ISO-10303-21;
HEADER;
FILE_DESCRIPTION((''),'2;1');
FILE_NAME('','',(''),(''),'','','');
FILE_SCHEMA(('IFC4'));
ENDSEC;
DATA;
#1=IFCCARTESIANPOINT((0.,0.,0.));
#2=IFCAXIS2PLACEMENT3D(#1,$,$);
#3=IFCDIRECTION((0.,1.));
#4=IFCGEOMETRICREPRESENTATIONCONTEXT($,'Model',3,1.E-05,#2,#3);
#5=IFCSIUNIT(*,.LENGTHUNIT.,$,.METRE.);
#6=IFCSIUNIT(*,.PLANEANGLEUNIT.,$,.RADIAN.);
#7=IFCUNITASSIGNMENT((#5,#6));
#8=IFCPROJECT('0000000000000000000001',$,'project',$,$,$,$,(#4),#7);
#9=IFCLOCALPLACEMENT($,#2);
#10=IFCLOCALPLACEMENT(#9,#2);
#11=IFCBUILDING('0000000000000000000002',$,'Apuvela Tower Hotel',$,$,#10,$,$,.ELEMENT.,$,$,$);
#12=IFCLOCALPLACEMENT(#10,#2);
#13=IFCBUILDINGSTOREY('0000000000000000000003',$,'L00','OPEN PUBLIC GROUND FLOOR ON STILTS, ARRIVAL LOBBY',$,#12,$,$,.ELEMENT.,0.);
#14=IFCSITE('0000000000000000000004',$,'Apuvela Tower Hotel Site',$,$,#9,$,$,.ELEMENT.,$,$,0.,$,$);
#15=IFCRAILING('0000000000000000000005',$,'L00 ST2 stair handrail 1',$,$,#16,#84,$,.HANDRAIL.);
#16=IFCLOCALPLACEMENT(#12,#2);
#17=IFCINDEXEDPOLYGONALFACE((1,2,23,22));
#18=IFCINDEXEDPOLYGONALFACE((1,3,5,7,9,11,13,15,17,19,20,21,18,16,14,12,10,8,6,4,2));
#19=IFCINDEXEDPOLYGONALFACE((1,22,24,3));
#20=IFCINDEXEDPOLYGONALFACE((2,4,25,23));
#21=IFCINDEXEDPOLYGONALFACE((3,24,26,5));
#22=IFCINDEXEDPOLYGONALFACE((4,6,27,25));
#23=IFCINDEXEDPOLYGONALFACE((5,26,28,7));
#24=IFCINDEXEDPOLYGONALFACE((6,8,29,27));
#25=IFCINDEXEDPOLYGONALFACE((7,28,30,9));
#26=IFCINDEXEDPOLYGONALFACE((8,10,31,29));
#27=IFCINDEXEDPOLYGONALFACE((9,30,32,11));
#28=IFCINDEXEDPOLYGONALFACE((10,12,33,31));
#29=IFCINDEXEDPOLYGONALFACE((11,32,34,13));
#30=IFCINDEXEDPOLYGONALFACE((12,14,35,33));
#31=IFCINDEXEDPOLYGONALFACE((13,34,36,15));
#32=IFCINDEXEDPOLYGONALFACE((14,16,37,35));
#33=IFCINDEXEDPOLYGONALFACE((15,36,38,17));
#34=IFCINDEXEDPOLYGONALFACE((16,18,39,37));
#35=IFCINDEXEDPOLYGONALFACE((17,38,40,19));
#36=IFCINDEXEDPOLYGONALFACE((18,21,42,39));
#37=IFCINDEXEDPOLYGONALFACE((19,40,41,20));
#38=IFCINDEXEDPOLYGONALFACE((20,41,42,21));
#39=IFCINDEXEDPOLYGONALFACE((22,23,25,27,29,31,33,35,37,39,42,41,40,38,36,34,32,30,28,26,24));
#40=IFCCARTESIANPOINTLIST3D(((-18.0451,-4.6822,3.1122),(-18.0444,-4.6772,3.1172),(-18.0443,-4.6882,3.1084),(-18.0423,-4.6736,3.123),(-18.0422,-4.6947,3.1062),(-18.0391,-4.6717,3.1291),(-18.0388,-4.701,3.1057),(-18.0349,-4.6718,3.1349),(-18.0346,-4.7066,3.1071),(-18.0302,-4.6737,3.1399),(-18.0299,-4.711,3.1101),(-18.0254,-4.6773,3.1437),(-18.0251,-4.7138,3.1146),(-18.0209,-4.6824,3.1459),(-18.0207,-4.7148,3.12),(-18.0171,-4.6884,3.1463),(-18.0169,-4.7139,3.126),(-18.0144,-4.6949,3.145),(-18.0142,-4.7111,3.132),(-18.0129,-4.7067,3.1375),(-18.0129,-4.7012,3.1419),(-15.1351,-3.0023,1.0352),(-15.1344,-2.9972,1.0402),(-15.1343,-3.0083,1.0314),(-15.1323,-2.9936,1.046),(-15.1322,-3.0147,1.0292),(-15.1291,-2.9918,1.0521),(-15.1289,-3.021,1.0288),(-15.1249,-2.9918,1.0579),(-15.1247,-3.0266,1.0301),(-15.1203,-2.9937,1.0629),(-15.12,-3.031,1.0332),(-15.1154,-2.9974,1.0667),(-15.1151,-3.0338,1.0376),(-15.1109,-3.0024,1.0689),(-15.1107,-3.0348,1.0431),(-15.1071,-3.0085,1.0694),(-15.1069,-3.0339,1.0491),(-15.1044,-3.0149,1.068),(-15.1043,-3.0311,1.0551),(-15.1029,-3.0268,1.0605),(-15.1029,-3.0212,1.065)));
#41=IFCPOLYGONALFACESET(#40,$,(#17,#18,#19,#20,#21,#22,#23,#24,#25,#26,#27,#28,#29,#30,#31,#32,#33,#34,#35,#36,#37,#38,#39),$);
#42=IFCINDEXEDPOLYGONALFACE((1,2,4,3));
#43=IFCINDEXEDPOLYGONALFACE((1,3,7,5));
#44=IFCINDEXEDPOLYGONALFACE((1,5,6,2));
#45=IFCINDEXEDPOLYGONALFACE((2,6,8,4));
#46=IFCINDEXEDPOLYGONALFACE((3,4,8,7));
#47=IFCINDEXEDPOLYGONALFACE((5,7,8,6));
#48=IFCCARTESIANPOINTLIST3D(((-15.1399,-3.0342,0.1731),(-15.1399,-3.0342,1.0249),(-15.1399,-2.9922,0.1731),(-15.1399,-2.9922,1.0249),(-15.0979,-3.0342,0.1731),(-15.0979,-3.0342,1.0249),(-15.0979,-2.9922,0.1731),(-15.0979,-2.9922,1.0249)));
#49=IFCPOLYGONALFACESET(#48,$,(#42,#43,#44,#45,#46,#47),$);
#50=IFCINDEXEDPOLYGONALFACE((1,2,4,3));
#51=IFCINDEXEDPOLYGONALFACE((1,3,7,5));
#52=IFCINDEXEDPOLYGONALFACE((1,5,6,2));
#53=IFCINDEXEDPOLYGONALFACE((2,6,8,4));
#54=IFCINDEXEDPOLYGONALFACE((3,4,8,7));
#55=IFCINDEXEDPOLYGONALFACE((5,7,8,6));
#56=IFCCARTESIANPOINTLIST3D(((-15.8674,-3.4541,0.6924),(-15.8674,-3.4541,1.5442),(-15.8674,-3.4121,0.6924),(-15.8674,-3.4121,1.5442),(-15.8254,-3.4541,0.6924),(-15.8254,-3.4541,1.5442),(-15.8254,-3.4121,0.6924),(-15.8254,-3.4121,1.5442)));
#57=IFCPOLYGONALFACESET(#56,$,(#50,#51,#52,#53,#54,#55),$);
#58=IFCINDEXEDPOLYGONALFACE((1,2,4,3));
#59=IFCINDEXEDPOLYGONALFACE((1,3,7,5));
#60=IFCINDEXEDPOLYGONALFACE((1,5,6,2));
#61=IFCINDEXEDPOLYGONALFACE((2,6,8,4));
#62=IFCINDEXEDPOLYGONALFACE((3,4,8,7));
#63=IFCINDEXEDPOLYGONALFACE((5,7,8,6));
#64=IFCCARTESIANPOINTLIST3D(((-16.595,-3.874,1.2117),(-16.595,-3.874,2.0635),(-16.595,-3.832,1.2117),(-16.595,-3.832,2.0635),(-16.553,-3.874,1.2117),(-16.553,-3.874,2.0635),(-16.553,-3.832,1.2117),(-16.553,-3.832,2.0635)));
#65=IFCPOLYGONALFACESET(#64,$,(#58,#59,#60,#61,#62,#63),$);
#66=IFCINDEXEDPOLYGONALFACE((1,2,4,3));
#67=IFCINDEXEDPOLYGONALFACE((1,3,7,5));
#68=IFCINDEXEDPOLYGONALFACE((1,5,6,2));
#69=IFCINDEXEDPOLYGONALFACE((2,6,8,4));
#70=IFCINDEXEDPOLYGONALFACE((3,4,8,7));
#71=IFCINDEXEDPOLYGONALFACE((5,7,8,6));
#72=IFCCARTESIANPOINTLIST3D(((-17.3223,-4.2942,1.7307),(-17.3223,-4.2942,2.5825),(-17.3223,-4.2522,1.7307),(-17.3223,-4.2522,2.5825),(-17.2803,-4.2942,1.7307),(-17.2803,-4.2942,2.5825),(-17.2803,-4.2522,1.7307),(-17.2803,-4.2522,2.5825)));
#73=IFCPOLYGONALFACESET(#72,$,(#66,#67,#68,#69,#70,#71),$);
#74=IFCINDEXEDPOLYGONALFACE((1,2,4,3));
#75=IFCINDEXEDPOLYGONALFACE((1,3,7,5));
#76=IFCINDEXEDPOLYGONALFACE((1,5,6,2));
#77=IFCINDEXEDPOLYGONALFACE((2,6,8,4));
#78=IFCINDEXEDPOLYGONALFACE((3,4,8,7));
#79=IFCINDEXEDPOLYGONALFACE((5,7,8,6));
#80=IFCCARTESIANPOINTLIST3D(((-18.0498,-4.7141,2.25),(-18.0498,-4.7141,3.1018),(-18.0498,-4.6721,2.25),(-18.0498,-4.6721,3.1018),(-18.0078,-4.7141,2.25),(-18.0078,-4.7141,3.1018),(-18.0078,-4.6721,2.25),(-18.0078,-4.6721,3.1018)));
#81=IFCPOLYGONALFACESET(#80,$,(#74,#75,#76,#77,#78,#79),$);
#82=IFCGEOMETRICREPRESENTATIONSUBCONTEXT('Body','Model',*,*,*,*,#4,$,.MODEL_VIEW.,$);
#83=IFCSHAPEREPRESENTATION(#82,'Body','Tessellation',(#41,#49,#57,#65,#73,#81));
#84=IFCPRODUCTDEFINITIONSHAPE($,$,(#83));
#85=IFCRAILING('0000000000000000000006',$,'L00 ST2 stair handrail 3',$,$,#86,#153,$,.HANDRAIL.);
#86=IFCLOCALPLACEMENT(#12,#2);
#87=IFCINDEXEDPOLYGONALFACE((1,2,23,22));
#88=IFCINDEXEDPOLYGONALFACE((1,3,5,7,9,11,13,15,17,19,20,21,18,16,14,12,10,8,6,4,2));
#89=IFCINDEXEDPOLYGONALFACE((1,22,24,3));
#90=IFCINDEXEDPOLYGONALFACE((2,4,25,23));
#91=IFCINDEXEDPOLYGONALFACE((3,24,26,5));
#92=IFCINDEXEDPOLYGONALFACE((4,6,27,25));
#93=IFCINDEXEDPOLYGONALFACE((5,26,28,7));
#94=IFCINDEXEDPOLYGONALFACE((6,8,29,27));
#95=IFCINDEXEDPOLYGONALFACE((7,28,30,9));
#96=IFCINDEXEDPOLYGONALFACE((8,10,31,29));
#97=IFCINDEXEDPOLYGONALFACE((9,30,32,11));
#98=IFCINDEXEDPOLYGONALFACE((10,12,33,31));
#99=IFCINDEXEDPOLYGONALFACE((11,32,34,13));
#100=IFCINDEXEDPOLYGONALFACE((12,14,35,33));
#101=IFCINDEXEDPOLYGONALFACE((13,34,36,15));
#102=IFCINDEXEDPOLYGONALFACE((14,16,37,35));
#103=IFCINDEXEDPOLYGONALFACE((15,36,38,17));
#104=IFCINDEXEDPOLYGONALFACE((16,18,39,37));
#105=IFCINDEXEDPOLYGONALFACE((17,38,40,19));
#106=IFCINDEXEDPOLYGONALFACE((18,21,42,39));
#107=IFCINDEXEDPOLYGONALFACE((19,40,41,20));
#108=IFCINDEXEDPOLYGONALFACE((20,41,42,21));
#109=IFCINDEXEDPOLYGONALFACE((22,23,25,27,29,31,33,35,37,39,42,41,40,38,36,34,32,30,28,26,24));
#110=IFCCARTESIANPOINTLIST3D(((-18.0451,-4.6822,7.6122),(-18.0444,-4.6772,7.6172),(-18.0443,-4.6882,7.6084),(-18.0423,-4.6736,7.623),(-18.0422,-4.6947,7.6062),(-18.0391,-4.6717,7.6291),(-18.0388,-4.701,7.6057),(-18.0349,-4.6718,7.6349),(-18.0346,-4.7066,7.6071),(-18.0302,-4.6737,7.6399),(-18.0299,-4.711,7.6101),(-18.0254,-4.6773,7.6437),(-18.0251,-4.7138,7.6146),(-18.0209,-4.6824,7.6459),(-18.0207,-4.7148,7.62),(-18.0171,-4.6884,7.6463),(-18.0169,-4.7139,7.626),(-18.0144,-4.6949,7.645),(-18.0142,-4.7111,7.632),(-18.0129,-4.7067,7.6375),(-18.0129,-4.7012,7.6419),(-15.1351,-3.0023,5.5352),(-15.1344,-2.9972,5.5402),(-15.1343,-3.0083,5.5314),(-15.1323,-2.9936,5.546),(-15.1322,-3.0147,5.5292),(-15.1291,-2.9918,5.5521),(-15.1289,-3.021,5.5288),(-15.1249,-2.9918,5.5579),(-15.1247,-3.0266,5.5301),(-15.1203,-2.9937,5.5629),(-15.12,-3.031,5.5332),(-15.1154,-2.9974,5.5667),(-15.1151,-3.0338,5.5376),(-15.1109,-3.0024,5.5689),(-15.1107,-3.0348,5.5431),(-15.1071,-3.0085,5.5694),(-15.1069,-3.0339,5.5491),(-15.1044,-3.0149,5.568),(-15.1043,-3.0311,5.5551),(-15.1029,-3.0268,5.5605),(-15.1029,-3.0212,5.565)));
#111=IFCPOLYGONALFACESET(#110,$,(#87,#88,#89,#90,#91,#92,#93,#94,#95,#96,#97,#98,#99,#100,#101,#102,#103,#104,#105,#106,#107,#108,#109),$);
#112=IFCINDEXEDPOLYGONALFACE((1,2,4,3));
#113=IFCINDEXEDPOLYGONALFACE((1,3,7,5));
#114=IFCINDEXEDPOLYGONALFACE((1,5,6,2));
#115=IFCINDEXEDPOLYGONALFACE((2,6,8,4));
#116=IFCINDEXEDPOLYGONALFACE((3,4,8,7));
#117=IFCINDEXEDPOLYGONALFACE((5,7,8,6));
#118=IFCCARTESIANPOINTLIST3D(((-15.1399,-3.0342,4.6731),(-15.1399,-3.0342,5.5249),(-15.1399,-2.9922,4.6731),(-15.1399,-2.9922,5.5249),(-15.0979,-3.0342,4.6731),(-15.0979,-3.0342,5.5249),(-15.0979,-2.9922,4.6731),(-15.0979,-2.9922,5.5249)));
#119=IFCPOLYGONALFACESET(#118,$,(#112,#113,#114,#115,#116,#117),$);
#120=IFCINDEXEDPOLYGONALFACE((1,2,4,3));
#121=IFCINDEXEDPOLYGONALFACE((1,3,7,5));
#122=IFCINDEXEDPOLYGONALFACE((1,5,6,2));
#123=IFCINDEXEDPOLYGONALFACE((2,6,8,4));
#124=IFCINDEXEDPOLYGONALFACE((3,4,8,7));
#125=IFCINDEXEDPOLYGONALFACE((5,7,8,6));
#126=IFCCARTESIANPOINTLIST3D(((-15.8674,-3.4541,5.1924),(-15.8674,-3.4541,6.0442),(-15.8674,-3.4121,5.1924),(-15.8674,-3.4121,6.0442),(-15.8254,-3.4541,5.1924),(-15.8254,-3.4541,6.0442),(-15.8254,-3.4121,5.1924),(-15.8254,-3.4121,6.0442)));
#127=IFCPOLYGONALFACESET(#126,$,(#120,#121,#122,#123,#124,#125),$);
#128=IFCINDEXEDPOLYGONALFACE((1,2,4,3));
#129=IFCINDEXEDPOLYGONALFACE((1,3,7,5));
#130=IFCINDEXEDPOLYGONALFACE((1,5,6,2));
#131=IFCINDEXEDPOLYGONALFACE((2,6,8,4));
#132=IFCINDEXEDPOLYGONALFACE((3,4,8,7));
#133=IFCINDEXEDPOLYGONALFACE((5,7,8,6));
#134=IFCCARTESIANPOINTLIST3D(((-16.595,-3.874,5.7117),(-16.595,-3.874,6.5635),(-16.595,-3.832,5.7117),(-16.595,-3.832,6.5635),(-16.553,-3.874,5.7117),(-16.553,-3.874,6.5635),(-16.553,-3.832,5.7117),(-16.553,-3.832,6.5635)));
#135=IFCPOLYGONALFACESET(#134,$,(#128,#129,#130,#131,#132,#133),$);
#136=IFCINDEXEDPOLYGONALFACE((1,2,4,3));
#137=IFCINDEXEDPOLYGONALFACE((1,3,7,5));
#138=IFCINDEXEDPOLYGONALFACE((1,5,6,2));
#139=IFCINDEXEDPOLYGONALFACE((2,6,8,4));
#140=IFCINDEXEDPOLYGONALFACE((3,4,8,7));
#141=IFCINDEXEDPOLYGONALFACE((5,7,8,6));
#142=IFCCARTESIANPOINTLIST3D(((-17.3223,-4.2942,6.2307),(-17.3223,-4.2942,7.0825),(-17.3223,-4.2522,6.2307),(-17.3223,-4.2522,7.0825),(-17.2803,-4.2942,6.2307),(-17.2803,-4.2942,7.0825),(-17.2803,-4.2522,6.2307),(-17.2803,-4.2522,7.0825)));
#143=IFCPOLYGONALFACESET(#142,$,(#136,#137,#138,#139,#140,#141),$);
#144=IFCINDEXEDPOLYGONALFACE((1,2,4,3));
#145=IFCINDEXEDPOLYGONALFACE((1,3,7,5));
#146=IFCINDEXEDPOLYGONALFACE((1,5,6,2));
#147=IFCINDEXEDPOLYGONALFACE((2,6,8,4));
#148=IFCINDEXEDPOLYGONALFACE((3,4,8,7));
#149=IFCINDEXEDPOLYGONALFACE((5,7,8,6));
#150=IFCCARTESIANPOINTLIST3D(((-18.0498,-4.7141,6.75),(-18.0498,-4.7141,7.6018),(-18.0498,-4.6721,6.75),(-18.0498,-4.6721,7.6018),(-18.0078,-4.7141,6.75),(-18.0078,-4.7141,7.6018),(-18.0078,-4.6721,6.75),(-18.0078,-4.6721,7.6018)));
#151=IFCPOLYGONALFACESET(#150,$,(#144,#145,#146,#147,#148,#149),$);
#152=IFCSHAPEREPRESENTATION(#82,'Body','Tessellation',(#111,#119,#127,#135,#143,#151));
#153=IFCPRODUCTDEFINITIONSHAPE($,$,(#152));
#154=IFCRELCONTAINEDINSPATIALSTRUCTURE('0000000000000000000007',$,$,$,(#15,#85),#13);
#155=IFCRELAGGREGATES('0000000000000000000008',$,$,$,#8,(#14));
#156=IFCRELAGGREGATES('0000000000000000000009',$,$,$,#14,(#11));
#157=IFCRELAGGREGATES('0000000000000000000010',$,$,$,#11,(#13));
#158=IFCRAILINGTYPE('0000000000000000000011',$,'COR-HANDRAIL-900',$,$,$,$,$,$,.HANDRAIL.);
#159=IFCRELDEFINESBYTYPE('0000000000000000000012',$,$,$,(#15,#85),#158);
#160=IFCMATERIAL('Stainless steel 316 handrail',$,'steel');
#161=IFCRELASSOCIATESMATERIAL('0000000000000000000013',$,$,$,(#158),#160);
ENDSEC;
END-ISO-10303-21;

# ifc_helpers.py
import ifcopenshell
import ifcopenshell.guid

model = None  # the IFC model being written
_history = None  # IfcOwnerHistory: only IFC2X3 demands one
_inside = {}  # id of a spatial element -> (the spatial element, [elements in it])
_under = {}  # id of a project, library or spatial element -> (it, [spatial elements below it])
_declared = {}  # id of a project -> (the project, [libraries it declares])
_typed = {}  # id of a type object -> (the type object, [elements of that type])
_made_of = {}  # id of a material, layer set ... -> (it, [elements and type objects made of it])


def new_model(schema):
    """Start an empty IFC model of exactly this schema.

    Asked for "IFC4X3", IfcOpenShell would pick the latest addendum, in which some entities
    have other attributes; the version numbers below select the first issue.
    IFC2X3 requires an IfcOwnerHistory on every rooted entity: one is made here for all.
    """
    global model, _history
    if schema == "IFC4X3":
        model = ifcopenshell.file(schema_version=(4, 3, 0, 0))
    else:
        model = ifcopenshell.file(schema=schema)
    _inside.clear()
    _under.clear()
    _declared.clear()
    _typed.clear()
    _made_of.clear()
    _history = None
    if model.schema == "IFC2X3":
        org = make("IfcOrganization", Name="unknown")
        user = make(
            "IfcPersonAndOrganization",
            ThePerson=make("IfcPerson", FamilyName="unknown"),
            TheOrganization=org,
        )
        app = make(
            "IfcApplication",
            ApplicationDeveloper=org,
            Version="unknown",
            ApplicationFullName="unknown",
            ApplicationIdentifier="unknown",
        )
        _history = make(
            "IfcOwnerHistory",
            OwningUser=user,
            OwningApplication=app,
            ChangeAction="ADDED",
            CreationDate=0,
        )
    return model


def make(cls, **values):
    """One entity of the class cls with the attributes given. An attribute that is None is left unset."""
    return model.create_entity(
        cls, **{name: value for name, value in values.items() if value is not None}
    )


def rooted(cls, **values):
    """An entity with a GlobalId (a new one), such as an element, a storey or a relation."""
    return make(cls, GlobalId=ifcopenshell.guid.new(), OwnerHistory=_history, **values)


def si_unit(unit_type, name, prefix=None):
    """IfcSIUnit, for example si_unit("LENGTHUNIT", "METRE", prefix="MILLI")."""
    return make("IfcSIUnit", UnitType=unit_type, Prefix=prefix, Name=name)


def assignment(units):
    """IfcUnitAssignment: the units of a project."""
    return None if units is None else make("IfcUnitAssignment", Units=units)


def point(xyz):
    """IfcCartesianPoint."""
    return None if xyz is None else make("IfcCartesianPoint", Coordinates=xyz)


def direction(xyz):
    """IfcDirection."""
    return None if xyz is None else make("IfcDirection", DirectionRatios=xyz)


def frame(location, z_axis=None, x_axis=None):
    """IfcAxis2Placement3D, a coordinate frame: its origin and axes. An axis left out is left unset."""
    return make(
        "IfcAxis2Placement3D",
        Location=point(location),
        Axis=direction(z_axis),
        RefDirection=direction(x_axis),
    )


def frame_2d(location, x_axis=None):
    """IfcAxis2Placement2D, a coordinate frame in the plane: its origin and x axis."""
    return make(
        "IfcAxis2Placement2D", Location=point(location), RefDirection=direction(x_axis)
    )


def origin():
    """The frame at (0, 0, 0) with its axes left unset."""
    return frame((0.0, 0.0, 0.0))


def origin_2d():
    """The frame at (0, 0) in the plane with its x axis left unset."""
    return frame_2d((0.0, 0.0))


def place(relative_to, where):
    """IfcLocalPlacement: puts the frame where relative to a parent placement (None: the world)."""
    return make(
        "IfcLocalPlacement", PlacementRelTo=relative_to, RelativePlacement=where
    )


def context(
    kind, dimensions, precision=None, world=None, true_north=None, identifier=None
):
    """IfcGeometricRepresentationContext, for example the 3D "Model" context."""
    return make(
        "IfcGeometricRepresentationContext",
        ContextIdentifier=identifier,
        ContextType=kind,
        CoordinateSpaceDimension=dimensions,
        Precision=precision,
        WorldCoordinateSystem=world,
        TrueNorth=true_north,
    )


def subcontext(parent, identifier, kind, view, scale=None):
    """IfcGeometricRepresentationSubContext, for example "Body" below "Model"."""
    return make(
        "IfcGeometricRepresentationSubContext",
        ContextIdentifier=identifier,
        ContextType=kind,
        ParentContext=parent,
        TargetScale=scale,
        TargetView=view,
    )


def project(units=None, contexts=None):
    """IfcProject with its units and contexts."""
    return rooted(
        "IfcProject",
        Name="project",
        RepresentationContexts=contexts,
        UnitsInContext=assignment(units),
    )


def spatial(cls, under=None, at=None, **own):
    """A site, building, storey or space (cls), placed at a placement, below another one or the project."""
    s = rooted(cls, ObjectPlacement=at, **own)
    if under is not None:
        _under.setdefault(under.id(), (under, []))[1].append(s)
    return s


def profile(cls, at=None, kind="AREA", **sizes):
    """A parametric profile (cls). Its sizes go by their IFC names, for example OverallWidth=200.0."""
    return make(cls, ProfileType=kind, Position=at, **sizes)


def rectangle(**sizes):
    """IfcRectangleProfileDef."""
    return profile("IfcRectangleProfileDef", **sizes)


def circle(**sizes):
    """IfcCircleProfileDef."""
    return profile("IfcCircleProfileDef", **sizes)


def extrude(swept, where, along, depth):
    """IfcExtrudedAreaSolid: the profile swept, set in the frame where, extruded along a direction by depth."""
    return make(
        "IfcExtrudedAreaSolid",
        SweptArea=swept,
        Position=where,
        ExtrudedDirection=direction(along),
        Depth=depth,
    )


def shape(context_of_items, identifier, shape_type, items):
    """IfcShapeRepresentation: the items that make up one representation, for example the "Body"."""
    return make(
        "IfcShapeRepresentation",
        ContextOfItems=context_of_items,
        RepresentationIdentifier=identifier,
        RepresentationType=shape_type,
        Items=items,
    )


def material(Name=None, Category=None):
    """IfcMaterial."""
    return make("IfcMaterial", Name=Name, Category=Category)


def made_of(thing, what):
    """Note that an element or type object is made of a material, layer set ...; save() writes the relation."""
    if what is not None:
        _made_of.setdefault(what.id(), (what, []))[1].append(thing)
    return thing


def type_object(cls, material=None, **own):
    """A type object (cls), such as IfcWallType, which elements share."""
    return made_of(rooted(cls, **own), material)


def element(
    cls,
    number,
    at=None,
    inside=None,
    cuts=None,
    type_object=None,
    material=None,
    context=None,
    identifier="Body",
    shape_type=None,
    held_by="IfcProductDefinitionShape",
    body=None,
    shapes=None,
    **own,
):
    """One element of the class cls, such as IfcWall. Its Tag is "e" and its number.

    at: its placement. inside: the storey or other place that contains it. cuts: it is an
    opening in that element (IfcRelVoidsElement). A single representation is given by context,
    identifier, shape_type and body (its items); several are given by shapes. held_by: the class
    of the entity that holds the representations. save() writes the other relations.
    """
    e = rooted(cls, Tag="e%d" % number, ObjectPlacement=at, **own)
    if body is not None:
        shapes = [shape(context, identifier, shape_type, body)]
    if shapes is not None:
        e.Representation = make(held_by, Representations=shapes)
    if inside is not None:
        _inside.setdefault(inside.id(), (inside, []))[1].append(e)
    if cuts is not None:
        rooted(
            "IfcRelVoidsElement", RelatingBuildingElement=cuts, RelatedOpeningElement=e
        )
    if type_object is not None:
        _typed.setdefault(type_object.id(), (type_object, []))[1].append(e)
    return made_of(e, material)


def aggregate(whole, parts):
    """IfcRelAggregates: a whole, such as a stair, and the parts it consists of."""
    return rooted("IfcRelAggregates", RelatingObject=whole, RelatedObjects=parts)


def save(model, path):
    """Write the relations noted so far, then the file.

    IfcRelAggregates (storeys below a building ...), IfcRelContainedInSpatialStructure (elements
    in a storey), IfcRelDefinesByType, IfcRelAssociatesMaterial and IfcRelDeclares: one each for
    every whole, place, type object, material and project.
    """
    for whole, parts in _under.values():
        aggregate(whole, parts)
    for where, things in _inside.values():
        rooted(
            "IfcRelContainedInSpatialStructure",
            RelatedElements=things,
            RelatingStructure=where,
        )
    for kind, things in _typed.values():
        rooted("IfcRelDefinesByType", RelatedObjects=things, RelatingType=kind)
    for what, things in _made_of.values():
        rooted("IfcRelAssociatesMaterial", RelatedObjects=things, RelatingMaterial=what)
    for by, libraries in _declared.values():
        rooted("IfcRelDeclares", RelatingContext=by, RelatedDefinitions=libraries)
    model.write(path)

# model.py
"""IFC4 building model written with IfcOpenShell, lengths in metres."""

from ifc_helpers import new_model, si_unit, direction, frame, origin, origin_2d, place, context, subcontext, project, spatial, rectangle, circle, extrude, material, type_object, element, save


model = new_model("IFC4")

# Units and contexts
model_context = context("Model", 3, precision=1e-05, world=origin(), true_north=direction((0.0, 1.0)))
body_context = subcontext(model_context, "Body", "Model", "MODEL_VIEW")
ifc_project = project(units=[si_unit("LENGTHUNIT", "METRE"), si_unit("PLANEANGLEUNIT", "RADIAN")], contexts=[model_context])

# Site, building, storey
site_placement = place(None, origin())
site = spatial("IfcSite", under=ifc_project, at=site_placement, Name="Apuvela Tower Hotel Site", CompositionType="ELEMENT", RefElevation=0.0)
building_placement = place(site_placement, origin())
building = spatial("IfcBuilding", under=site, at=building_placement, Name="Apuvela Tower Hotel", CompositionType="ELEMENT")
storey_placement = place(building_placement, origin())
storey = spatial("IfcBuildingStorey", under=building, at=storey_placement, Name="L00", Description="OPEN PUBLIC GROUND FLOOR ON STILTS, ARRIVAL LOBBY", CompositionType="ELEMENT", Elevation=0.0)

# Railings
ifc_material_1 = material(Name="Stainless steel 316 handrail", Category="steel")
railing_type_1 = type_object("IfcRailingType", Name="COR-HANDRAIL-900", PredefinedType="HANDRAIL", material=ifc_material_1)
for number, where, name in (
    (1, (-15.1189, -3.0132, 0.1731), "L00 ST2 stair handrail 1"),
    (2, (-15.1189, -3.0132, 4.6731), "L00 ST2 stair handrail 3"),
):
    element("IfcRailing", number, at=place(storey_placement, frame(where)), inside=storey, type_object=railing_type_1, Name=name, PredefinedType="HANDRAIL", context=body_context, shape_type="SweptSolid", body=[
        extrude(circle(Radius=0.0239, at=origin_2d()), frame((0.0, 0.0, 0.876), z_axis=(-0.736668, -0.425288, 0.525785), x_axis=(0.499976, -0.866039, 0.0)), (0.0, 0.0, 1.0), 3.9502),
        extrude(rectangle(XDim=0.042, YDim=0.042, at=origin_2d()), origin(), (0.0, 0.0, 1.0), 0.8518),
        extrude(rectangle(XDim=0.042, YDim=0.042, at=origin_2d()), frame((-0.7275, -0.4199, 0.5193)), (0.0, 0.0, 1.0), 0.8518),
        extrude(rectangle(XDim=0.042, YDim=0.042, at=origin_2d()), frame((-1.4551, -0.8398, 1.0386)), (0.0, 0.0, 1.0), 0.8518),
        extrude(rectangle(XDim=0.042, YDim=0.042, at=origin_2d()), frame((-2.1824, -1.26, 1.5576)), (0.0, 0.0, 1.0), 0.8518),
        extrude(rectangle(XDim=0.042, YDim=0.042, at=origin_2d()), frame((-2.9099, -1.6799, 2.0769)), (0.0, 0.0, 1.0), 0.8518),
    ])

save(model, "model.ifc")
